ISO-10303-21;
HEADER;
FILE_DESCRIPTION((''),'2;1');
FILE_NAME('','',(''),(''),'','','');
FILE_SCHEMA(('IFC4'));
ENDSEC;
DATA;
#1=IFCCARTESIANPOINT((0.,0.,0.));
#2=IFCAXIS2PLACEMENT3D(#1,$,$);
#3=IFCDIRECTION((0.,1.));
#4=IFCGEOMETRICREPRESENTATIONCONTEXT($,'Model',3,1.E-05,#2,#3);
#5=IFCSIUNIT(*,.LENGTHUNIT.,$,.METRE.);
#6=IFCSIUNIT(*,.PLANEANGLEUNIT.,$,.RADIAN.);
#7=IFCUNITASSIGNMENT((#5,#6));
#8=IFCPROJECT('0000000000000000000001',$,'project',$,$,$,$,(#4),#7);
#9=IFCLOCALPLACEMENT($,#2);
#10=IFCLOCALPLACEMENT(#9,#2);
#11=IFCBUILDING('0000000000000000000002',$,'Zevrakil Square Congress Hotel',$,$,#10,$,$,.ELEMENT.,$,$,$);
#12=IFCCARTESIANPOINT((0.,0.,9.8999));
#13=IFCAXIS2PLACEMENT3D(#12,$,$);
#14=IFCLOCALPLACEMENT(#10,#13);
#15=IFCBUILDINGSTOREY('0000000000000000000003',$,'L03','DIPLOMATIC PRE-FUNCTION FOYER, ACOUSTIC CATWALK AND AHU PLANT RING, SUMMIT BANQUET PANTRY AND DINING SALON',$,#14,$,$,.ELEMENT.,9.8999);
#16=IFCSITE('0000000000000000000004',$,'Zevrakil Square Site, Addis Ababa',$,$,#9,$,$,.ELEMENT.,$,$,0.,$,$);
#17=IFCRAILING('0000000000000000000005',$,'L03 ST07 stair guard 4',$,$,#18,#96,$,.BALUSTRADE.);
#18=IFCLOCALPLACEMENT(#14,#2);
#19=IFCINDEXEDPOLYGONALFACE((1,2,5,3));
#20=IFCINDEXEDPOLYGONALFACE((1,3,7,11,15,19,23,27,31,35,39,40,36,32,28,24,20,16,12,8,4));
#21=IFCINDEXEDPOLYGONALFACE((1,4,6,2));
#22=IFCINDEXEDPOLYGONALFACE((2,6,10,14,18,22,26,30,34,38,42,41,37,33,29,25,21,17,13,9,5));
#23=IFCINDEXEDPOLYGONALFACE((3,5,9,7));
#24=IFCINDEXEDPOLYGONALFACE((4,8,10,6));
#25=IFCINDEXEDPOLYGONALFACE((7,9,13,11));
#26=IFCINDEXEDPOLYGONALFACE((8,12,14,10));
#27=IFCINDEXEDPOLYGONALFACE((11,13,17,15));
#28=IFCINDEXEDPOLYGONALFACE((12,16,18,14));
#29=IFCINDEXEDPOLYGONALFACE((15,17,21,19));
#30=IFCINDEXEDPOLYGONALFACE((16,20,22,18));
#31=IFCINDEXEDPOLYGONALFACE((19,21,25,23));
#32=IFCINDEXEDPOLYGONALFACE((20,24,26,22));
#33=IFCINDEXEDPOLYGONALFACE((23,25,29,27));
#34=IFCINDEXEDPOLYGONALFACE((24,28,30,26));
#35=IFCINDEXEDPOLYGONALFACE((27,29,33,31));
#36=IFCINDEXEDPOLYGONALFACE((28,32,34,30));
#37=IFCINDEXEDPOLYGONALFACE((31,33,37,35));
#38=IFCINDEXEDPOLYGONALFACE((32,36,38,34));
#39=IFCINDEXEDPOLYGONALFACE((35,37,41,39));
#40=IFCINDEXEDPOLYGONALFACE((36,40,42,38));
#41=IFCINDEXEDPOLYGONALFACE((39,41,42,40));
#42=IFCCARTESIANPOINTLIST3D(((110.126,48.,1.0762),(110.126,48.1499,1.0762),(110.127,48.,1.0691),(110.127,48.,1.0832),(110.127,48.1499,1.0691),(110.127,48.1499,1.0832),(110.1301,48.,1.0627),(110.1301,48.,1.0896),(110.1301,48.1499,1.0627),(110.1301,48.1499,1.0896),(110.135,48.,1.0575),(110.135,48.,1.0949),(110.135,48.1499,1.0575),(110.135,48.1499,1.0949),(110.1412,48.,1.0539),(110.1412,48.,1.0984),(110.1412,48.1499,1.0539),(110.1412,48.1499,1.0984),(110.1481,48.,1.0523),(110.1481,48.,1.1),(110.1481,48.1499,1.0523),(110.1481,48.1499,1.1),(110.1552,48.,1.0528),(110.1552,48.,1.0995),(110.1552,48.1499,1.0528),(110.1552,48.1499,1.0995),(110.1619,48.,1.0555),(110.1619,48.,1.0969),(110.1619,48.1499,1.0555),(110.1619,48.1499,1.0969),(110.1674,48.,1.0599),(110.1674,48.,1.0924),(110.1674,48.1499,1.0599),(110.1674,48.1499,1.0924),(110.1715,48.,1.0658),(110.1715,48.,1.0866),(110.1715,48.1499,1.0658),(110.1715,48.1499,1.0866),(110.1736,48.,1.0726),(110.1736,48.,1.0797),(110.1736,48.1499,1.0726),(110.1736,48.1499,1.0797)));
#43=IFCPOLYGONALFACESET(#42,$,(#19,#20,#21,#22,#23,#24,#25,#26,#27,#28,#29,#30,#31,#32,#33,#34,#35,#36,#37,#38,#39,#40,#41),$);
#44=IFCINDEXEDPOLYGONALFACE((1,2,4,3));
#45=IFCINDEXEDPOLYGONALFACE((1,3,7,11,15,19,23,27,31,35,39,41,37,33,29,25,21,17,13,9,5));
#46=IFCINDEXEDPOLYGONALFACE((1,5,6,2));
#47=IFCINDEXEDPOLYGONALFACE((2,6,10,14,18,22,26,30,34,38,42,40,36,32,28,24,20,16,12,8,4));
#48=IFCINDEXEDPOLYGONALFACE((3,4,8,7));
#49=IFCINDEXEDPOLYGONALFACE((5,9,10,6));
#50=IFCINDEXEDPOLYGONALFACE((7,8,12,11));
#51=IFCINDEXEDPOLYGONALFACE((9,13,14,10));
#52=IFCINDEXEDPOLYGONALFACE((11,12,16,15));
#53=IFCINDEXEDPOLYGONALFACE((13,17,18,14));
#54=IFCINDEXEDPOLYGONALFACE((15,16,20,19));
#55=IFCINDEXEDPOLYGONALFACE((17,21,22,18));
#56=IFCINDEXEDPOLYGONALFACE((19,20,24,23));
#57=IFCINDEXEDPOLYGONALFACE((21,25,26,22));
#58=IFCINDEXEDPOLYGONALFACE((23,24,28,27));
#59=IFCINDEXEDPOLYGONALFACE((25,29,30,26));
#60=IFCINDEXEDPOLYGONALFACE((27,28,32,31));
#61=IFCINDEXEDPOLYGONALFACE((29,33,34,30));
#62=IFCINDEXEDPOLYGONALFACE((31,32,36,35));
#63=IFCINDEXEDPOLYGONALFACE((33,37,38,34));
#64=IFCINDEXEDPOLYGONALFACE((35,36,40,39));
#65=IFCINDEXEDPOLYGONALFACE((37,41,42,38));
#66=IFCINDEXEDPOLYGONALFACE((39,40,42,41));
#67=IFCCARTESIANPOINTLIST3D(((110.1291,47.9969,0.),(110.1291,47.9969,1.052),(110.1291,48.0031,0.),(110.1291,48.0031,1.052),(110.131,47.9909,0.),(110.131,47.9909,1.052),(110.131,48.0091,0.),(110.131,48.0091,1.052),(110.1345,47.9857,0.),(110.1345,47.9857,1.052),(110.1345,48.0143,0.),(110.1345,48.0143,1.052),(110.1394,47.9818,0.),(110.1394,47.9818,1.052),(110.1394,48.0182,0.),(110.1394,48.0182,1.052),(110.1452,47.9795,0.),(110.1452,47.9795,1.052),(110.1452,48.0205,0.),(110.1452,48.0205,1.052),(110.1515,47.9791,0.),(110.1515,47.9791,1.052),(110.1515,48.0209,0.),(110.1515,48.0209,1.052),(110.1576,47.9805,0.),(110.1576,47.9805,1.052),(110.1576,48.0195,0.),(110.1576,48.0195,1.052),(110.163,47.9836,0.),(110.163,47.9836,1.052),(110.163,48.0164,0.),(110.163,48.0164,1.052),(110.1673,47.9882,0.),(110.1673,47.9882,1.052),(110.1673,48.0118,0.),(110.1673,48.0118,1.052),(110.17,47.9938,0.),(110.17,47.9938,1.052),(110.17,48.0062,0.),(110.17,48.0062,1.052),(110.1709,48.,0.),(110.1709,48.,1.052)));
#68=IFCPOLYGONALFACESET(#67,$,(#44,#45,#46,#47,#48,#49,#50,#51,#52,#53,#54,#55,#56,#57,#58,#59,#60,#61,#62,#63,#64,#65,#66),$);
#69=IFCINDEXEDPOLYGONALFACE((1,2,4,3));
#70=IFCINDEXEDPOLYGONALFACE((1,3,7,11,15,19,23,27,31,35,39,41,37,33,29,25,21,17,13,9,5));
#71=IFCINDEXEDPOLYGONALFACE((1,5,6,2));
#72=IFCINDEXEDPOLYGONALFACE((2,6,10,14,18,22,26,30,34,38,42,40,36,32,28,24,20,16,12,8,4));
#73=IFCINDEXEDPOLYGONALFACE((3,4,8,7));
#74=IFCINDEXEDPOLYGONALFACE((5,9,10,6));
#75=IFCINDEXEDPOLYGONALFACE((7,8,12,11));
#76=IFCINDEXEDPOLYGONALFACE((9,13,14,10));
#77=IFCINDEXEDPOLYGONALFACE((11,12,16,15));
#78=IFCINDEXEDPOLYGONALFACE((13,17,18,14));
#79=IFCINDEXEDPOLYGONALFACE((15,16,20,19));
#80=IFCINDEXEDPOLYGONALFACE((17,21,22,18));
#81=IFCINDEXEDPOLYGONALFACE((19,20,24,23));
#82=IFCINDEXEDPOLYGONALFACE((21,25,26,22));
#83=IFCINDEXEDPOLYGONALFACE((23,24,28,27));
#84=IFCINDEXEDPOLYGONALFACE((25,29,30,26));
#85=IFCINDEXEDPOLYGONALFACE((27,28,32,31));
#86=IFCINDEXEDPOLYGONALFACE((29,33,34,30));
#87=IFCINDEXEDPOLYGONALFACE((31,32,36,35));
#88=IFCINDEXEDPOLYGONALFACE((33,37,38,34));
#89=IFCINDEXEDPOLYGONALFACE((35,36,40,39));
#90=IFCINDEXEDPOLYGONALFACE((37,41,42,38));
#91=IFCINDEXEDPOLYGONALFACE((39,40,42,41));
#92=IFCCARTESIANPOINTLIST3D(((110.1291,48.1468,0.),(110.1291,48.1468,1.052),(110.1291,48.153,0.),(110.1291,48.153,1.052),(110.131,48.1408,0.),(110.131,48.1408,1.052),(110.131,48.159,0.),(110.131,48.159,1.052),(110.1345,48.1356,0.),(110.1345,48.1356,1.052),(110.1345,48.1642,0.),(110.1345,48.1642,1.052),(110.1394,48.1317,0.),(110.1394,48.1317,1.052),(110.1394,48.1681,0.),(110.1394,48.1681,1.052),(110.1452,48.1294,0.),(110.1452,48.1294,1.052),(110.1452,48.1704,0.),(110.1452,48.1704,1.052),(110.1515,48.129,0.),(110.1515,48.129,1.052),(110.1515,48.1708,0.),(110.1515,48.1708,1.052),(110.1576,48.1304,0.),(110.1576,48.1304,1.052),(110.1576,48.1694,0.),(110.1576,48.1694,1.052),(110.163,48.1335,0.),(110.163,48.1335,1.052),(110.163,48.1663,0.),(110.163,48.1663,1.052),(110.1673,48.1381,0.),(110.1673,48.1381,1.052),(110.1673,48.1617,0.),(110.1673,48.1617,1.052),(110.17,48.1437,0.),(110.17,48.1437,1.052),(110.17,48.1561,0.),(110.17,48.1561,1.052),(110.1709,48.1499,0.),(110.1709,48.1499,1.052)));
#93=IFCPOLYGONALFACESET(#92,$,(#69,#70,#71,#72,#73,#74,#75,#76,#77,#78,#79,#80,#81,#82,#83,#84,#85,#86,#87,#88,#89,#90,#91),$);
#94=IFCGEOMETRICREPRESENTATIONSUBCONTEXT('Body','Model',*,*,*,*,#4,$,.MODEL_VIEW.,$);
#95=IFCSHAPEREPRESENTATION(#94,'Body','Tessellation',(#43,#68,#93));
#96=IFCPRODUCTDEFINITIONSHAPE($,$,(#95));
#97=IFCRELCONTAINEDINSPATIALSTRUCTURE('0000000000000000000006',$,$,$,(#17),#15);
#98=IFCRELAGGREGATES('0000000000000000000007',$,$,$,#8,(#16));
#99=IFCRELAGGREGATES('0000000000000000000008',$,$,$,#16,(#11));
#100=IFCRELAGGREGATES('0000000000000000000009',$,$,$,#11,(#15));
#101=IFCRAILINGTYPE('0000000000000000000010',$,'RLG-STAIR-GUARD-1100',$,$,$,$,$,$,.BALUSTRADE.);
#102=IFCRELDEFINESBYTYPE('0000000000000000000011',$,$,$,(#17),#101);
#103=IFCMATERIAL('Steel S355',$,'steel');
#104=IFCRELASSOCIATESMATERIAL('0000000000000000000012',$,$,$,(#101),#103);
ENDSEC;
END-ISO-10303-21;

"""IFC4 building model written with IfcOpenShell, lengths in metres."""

from ifc_helpers import new_model, si_unit, direction, frame, origin, origin_2d, place, context, subcontext, project, spatial, circle, extrude, material, type_object, element, save


model = new_model("IFC4")

# Units and contexts
model_context = context("Model", 3, precision=1e-05, world=origin(), true_north=direction((0.0, 1.0)))
body_context = subcontext(model_context, "Body", "Model", "MODEL_VIEW")
ifc_project = project(units=[si_unit("LENGTHUNIT", "METRE"), si_unit("PLANEANGLEUNIT", "RADIAN")], contexts=[model_context])

# Site, building, storey
site_placement = place(None, origin())
site = spatial("IfcSite", under=ifc_project, at=site_placement, Name="Zevrakil Square Site, Addis Ababa", CompositionType="ELEMENT", RefElevation=0.0)
building_placement = place(site_placement, origin())
building = spatial("IfcBuilding", under=site, at=building_placement, Name="Zevrakil Square Congress Hotel", CompositionType="ELEMENT")
storey_placement = place(building_placement, frame((0.0, 0.0, 9.8999)))
storey = spatial("IfcBuildingStorey", under=building, at=storey_placement, Name="L03", Description="DIPLOMATIC PRE-FUNCTION FOYER, ACOUSTIC CATWALK AND AHU PLANT RING, SUMMIT BANQUET PANTRY AND DINING SALON", CompositionType="ELEMENT", Elevation=9.8999)

# Railing
ifc_material_1 = material(Name="Steel S355", Category="steel")
railing_type_1 = type_object("IfcRailingType", Name="RLG-STAIR-GUARD-1100", PredefinedType="BALUSTRADE", material=ifc_material_1)
railing_1_placement = place(storey_placement, frame((110.1499, 48.0, 0.0)))
element("IfcRailing", 1, at=railing_1_placement, inside=storey, type_object=railing_type_1, Name="L03 ST07 stair guard 4", PredefinedType="BALUSTRADE", context=body_context, shape_type="SweptSolid", body=[
    extrude(circle(Radius=0.0239, at=origin_2d()), frame((0.0, 0.0, 1.0762), z_axis=(0.0, 1.0, 0.0), x_axis=(-1.0, 0.0, 0.0)), (0.0, 0.0, 1.0), 0.1499),
    extrude(circle(Radius=0.021, at=origin_2d()), origin(), (0.0, 0.0, 1.0), 1.052),
    extrude(circle(Radius=0.021, at=origin_2d()), frame((0.0, 0.1499, 0.0)), (0.0, 0.0, 1.0), 1.052),
])

save(model, "model.ifc")
